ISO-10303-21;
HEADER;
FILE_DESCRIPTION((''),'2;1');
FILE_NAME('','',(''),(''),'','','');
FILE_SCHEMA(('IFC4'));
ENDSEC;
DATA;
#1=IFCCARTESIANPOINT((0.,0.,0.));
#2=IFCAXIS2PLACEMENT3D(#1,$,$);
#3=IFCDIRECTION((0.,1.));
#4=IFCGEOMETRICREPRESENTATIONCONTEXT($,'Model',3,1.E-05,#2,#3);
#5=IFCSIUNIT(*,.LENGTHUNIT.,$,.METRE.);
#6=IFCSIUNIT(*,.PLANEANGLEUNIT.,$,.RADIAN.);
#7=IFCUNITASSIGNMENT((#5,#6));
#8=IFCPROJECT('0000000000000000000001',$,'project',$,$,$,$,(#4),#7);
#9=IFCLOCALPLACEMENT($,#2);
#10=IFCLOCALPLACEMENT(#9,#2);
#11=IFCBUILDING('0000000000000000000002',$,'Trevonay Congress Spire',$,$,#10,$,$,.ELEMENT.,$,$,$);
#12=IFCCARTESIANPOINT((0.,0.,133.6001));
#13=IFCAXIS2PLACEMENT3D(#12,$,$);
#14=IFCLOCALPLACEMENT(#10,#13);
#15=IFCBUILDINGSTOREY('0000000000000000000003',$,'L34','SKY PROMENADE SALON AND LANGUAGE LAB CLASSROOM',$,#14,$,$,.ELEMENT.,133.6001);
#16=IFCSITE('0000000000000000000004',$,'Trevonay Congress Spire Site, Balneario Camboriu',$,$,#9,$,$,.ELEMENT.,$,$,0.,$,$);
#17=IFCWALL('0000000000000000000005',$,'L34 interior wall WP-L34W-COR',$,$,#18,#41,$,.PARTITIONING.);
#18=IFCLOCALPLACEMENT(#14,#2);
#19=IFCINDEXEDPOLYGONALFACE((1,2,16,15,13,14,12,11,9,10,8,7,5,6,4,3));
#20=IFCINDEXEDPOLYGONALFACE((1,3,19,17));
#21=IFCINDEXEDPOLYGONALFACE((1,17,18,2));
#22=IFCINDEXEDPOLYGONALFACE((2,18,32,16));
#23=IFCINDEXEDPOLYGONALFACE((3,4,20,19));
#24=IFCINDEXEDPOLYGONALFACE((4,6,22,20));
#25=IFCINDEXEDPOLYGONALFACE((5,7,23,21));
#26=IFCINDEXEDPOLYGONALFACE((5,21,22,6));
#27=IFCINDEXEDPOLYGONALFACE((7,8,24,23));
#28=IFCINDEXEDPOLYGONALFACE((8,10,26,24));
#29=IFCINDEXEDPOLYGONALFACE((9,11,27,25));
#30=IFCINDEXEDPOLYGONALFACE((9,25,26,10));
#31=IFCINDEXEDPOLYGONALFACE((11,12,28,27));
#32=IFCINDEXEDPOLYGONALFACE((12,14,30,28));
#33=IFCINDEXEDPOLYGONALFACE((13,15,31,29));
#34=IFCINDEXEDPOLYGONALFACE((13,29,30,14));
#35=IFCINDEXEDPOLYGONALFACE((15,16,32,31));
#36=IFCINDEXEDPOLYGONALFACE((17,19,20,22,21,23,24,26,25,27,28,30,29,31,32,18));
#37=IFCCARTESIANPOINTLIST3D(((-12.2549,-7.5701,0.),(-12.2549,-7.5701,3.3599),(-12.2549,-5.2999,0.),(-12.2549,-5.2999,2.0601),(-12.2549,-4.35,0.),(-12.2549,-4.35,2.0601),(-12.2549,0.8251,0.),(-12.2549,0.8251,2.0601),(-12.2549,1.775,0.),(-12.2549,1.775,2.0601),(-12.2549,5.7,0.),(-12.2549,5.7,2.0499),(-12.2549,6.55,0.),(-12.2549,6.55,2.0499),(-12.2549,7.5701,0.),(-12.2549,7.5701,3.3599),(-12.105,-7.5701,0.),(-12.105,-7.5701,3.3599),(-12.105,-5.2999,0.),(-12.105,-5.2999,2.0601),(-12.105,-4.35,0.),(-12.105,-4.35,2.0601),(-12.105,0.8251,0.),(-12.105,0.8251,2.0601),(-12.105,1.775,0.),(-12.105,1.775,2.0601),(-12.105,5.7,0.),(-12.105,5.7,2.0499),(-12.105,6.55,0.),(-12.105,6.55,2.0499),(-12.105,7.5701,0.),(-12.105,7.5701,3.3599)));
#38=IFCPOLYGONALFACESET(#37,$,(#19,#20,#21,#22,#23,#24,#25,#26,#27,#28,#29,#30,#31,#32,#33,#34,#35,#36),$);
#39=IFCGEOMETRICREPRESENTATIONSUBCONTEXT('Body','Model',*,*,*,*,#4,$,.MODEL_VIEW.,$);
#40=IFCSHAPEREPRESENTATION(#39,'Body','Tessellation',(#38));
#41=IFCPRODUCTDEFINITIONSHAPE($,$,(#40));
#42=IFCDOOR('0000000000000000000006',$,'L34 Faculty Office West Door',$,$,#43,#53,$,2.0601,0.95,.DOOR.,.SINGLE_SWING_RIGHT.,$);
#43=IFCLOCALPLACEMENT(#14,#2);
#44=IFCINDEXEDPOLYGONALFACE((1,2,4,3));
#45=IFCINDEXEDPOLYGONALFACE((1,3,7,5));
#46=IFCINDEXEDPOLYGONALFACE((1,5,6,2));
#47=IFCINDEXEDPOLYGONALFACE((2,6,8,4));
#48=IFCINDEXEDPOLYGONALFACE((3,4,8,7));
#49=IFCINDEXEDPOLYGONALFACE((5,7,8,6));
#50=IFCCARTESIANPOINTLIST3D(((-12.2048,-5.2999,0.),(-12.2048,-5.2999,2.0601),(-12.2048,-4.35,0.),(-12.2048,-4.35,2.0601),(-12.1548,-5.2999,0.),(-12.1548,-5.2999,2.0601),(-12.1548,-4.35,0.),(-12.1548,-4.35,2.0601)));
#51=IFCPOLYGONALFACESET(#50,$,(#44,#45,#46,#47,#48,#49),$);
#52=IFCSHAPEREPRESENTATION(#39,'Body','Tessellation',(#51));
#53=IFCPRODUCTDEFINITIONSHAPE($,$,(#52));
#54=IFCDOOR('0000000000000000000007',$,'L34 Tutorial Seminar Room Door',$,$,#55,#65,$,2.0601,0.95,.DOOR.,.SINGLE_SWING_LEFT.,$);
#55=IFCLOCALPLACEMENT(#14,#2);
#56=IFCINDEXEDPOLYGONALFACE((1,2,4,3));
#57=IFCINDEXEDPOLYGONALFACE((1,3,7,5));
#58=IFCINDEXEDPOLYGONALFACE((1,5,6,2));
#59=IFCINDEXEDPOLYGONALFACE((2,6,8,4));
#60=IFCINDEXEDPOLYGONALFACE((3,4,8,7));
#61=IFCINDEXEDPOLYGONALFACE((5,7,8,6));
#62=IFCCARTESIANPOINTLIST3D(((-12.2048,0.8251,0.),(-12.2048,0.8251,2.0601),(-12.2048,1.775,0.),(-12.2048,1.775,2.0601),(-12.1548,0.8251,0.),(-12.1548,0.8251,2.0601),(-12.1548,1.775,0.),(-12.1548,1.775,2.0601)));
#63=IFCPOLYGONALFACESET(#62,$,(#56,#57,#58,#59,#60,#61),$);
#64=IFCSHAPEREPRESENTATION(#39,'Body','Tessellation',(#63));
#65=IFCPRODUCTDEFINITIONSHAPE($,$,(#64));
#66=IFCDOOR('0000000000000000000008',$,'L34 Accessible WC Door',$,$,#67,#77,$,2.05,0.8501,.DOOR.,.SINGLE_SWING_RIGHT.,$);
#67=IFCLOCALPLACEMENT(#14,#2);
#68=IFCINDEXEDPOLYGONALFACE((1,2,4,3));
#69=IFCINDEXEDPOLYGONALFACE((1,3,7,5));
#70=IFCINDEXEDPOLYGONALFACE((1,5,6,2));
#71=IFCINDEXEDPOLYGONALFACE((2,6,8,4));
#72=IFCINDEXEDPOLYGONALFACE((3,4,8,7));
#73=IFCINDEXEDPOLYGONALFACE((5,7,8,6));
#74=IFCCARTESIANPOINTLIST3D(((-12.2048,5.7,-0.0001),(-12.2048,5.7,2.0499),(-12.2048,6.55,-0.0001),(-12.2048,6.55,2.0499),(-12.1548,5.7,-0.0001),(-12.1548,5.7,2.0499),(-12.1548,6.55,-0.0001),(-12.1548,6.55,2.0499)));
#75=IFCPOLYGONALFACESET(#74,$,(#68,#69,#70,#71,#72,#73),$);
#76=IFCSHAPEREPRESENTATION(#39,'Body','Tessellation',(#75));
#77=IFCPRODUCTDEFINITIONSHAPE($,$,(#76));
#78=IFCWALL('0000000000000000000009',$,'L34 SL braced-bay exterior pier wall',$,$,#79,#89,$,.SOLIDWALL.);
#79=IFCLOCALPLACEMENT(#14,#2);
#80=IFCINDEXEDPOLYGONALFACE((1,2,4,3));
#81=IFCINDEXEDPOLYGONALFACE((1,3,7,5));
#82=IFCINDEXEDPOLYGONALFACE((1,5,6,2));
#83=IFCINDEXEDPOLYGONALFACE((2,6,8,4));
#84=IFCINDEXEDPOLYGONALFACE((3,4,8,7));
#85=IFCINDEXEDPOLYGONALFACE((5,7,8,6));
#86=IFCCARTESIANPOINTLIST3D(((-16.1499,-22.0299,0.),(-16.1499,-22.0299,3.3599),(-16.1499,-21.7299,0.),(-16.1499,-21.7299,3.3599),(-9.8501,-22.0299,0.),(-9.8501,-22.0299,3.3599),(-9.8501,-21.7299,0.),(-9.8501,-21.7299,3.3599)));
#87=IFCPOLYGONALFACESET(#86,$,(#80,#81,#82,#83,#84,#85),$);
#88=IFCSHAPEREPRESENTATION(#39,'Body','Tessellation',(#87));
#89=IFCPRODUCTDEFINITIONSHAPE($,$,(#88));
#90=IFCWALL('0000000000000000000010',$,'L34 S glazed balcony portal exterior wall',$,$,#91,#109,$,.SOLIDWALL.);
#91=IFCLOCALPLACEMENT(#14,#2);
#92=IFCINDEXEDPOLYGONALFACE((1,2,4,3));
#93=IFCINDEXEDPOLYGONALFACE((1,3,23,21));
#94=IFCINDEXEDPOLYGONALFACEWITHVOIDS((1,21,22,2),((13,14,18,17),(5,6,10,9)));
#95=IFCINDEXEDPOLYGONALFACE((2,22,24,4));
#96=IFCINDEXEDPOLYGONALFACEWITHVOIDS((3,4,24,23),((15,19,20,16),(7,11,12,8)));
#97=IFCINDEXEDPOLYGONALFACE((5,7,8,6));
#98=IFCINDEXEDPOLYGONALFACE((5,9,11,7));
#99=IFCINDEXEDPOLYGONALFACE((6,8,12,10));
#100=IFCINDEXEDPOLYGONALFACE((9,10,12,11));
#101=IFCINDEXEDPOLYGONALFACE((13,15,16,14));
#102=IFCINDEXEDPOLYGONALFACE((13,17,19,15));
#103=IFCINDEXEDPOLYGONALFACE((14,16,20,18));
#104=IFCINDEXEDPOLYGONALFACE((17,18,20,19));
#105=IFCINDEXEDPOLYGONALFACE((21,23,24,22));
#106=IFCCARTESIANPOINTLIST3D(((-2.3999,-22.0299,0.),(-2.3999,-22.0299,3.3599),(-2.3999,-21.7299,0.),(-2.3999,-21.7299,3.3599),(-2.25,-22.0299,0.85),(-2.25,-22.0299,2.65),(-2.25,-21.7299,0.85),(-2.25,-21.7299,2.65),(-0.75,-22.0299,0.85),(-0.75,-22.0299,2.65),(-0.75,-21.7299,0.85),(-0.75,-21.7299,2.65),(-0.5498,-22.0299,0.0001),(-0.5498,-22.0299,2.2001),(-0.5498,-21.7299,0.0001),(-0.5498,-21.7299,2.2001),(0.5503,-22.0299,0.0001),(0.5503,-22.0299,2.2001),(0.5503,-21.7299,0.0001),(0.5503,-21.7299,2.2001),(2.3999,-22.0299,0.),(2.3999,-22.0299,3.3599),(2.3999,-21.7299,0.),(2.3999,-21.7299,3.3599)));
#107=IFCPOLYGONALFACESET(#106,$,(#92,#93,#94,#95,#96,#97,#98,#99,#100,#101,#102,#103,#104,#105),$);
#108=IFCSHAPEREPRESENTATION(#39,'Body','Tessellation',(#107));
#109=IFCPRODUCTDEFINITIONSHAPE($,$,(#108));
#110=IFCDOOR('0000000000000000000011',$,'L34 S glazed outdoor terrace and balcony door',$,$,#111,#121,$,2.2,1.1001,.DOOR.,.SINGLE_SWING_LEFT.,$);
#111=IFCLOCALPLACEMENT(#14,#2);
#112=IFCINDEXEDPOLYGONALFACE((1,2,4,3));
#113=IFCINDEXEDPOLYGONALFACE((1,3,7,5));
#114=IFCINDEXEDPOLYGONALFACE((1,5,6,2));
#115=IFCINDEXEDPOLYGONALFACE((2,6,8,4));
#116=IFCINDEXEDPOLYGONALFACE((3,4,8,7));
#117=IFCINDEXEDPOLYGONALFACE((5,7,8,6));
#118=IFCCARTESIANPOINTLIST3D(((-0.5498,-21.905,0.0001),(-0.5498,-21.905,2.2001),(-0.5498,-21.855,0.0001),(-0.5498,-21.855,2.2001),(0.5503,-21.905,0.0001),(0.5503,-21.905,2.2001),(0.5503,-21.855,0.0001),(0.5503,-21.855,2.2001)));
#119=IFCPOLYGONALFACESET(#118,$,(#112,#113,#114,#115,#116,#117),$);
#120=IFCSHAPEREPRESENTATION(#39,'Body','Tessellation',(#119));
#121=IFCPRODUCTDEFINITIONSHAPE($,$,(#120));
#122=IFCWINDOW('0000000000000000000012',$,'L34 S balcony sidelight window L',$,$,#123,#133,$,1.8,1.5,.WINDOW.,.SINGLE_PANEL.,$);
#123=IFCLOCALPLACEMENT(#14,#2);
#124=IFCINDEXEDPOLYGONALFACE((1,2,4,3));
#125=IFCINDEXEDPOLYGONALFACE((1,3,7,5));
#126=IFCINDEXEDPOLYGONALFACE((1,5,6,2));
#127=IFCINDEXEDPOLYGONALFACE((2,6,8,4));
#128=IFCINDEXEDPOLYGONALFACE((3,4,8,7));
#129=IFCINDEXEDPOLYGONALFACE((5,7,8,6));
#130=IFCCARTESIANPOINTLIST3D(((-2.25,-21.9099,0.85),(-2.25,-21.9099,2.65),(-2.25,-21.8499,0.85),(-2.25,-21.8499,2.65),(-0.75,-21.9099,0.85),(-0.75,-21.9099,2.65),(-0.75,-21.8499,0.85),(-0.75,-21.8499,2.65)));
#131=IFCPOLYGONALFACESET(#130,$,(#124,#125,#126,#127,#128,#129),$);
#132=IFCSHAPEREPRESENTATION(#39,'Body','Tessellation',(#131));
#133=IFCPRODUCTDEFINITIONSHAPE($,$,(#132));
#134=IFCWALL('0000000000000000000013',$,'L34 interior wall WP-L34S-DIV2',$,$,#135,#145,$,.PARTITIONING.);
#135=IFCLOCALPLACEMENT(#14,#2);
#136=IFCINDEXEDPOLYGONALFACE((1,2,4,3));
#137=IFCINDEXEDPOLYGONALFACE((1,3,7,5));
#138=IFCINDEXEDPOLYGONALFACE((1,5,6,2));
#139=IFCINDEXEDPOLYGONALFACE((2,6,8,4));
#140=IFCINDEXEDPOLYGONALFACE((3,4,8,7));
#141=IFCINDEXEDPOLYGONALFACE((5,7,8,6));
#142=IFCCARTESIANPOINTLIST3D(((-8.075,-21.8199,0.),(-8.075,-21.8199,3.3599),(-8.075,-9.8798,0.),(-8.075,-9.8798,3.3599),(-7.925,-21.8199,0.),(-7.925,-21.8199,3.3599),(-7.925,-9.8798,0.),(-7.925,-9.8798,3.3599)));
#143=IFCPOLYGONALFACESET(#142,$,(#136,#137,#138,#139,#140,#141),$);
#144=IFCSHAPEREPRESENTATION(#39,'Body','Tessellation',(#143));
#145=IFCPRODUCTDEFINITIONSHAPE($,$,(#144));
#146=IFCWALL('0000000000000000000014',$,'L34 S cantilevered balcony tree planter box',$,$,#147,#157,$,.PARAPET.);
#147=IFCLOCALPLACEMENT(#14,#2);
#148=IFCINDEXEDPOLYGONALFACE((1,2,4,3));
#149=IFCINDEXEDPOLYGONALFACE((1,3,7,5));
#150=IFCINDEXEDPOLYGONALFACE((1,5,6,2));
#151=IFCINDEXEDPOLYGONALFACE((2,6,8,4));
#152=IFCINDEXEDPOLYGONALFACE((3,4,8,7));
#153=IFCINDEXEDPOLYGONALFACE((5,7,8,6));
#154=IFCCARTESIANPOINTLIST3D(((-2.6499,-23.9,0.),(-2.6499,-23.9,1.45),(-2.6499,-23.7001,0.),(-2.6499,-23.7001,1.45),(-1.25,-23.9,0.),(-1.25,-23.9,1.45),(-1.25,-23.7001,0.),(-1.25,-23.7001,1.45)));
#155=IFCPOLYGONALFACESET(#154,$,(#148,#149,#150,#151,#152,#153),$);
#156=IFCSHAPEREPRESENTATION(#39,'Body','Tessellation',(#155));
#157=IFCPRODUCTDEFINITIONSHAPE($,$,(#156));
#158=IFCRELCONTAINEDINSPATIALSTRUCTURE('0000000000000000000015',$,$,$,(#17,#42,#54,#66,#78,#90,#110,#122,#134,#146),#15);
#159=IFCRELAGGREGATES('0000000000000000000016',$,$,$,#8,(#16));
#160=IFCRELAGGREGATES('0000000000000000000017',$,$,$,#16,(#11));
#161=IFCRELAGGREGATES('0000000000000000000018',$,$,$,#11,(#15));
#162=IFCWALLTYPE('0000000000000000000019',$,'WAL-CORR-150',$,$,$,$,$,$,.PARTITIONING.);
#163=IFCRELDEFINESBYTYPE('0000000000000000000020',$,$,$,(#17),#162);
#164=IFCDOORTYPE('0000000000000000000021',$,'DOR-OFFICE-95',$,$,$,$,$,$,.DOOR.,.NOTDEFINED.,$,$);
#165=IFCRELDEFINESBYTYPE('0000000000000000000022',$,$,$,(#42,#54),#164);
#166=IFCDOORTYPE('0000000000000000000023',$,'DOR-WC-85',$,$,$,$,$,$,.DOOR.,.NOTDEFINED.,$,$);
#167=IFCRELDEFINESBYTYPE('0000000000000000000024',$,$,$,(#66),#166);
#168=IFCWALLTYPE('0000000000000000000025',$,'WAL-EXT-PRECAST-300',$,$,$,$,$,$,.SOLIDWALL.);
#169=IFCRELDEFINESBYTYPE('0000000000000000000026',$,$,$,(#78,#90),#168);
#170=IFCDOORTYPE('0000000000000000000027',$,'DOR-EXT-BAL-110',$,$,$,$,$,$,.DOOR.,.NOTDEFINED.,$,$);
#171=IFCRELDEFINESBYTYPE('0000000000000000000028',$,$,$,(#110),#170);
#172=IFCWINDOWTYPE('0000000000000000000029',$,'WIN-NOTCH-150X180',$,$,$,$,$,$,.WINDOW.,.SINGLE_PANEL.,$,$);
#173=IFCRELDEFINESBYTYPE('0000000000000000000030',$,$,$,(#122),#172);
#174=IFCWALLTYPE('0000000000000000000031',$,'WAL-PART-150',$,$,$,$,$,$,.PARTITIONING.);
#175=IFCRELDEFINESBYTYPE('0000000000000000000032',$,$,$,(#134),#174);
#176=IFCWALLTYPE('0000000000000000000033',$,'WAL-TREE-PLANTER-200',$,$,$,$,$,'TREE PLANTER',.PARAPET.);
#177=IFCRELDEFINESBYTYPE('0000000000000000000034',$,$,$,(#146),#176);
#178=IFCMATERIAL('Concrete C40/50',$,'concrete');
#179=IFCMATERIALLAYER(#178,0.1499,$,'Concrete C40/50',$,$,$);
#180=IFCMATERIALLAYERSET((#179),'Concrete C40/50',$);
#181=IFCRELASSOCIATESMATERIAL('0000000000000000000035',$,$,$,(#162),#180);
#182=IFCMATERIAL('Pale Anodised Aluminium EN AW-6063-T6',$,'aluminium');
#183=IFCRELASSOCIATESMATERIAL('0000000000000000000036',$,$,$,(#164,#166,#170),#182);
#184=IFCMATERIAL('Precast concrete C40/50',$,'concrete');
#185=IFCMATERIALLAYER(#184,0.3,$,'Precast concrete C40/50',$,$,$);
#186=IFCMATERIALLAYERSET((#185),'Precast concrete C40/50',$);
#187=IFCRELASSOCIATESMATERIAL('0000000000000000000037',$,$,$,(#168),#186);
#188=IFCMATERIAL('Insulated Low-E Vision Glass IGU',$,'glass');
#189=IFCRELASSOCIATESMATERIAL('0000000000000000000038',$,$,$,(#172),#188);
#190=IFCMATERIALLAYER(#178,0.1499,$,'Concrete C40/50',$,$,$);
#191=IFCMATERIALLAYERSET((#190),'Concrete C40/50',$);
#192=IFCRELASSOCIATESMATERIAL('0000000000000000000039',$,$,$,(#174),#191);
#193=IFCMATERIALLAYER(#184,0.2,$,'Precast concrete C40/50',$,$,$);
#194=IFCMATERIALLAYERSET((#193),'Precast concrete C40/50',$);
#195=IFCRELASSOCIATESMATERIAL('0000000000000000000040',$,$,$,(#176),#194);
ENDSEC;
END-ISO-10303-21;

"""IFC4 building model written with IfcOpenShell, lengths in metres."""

from ifc_helpers import new_model, si_unit, direction, frame, frame_2d, origin, place, context, subcontext, project, spatial, rectangle, extrude, material, layer, layer_set, type_object, element, fill, save


model = new_model("IFC4")

# Units and contexts
model_context = context("Model", 3, precision=1e-05, world=origin(), true_north=direction((0.0, 1.0)))
body_context = subcontext(model_context, "Body", "Model", "MODEL_VIEW")
ifc_project = project(units=[si_unit("LENGTHUNIT", "METRE"), si_unit("PLANEANGLEUNIT", "RADIAN")], contexts=[model_context])

# Site, building, storey
site_placement = place(None, origin())
site = spatial("IfcSite", under=ifc_project, at=site_placement, Name="Trevonay Congress Spire Site, Balneario Camboriu", CompositionType="ELEMENT", RefElevation=0.0)
building_placement = place(site_placement, origin())
building = spatial("IfcBuilding", under=site, at=building_placement, Name="Trevonay Congress Spire", CompositionType="ELEMENT")
storey_placement = place(building_placement, frame((0.0, 0.0, 133.6001)))
storey = spatial("IfcBuildingStorey", under=building, at=storey_placement, Name="L34", Description="SKY PROMENADE SALON AND LANGUAGE LAB CLASSROOM", CompositionType="ELEMENT", Elevation=133.6001)

# Shared definitions
ifc_material_1 = material(Name="Pale Anodised Aluminium EN AW-6063-T6", Category="aluminium")

# Shared definitions
ifc_material_2 = material(Name="Insulated Low-E Vision Glass IGU", Category="glass")

# Wall, openings, doors
ifc_material_3 = material(Name="Concrete C40/50", Category="concrete")
ifc_layer_1 = layer(ifc_material_3, 0.1499, Name="Concrete C40/50")
ifc_layer_set_1 = layer_set([ifc_layer_1], Name="Concrete C40/50")
wall_type_1 = type_object("IfcWallType", Name="WAL-CORR-150", PredefinedType="PARTITIONING", material=ifc_layer_set_1)
wall_1_placement = place(storey_placement, frame((-12.1799, -7.5701, 0.0), z_axis=(0.0, 0.0, 1.0), x_axis=(0.0, 1.0, 0.0)))
wall_1 = element("IfcWall", 1, at=wall_1_placement, inside=storey, type_object=wall_type_1, Name="L34 interior wall WP-L34W-COR", PredefinedType="PARTITIONING", context=body_context, shape_type="SweptSolid", body=[
    extrude(rectangle(XDim=15.1401, YDim=0.1499, at=frame_2d((7.5701, 0.0))), origin(), (0.0, 0.0, 1.0), 3.3599),
])
opening_1_placement = place(wall_1_placement, frame((2.27, 0.0, 0.0)))
opening_1 = element("IfcOpeningElement", 2, at=opening_1_placement, cuts=wall_1, PredefinedType="OPENING", context=body_context, shape_type="SweptSolid", body=[
    extrude(rectangle(XDim=0.95, YDim=2.0601, at=frame_2d((0.4751, 1.03))), frame((0.0, 0.085, 0.0), z_axis=(0.0, -1.0, 0.0), x_axis=(1.0, 0.0, 0.0)), (0.0, 0.0, 1.0), 0.1699),
])
opening_2_placement = place(wall_1_placement, frame((8.395, 0.0, 0.0)))
opening_2 = element("IfcOpeningElement", 3, at=opening_2_placement, cuts=wall_1, PredefinedType="OPENING", context=body_context, shape_type="SweptSolid", body=[
    extrude(rectangle(XDim=0.95, YDim=2.0601, at=frame_2d((0.4751, 1.03))), frame((0.0, 0.085, 0.0), z_axis=(0.0, -1.0, 0.0), x_axis=(1.0, 0.0, 0.0)), (0.0, 0.0, 1.0), 0.1699),
])
opening_3_placement = place(wall_1_placement, frame((13.27, 0.0, 0.0)))
opening_3 = element("IfcOpeningElement", 4, at=opening_3_placement, cuts=wall_1, PredefinedType="OPENING", context=body_context, shape_type="SweptSolid", body=[
    extrude(rectangle(XDim=0.8501, YDim=2.05, at=frame_2d((0.425, 1.0249))), frame((0.0, 0.085, 0.0), z_axis=(0.0, -1.0, 0.0), x_axis=(1.0, 0.0, 0.0)), (0.0, 0.0, 1.0), 0.1699),
])
door_type_1 = type_object("IfcDoorType", Name="DOR-OFFICE-95", OperationType="NOTDEFINED", PredefinedType="DOOR", material=ifc_material_1)
door_1_placement = place(opening_1_placement, origin())
door_1 = element("IfcDoor", 5, at=door_1_placement, inside=storey, type_object=door_type_1, Name="L34 Faculty Office West Door", OperationType="SINGLE_SWING_RIGHT", OverallHeight=2.0601, OverallWidth=0.95, PredefinedType="DOOR", context=body_context, shape_type="SweptSolid", body=[
    extrude(rectangle(XDim=0.95, YDim=2.0601, at=frame_2d((0.4751, 1.03))), frame((0.0, 0.0249, 0.0), z_axis=(0.0, -1.0, 0.0), x_axis=(1.0, 0.0, 0.0)), (0.0, 0.0, 1.0), 0.05),
])
fill(opening_1, door_1)
door_2_placement = place(opening_2_placement, origin())
door_2 = element("IfcDoor", 6, at=door_2_placement, inside=storey, type_object=door_type_1, Name="L34 Tutorial Seminar Room Door", OperationType="SINGLE_SWING_LEFT", OverallHeight=2.0601, OverallWidth=0.95, PredefinedType="DOOR", context=body_context, shape_type="SweptSolid", body=[
    extrude(rectangle(XDim=0.95, YDim=2.0601, at=frame_2d((0.4751, 1.03))), frame((0.0, 0.0249, 0.0), z_axis=(0.0, -1.0, 0.0), x_axis=(1.0, 0.0, 0.0)), (0.0, 0.0, 1.0), 0.05),
])
fill(opening_2, door_2)
door_type_2 = type_object("IfcDoorType", Name="DOR-WC-85", OperationType="NOTDEFINED", PredefinedType="DOOR", material=ifc_material_1)
door_3_placement = place(opening_3_placement, origin())
door_3 = element("IfcDoor", 7, at=door_3_placement, inside=storey, type_object=door_type_2, Name="L34 Accessible WC Door", OperationType="SINGLE_SWING_RIGHT", OverallHeight=2.05, OverallWidth=0.8501, PredefinedType="DOOR", context=body_context, shape_type="SweptSolid", body=[
    extrude(rectangle(XDim=0.8501, YDim=2.05, at=frame_2d((0.425, 1.0249))), frame((0.0, 0.0249, 0.0), z_axis=(0.0, -1.0, 0.0), x_axis=(1.0, 0.0, 0.0)), (0.0, 0.0, 1.0), 0.05),
])
fill(opening_3, door_3)

# Wall
ifc_material_4 = material(Name="Precast concrete C40/50", Category="concrete")
ifc_layer_2 = layer(ifc_material_4, 0.3, Name="Precast concrete C40/50")
ifc_layer_set_2 = layer_set([ifc_layer_2], Name="Precast concrete C40/50")
wall_type_2 = type_object("IfcWallType", Name="WAL-EXT-PRECAST-300", PredefinedType="SOLIDWALL", material=ifc_layer_set_2)
wall_2_placement = place(storey_placement, frame((-16.1499, -21.8799, 0.0), z_axis=(0.0, 0.0, 1.0), x_axis=(1.0, 0.0, 0.0)))
element("IfcWall", 8, at=wall_2_placement, inside=storey, type_object=wall_type_2, Name="L34 SL braced-bay exterior pier wall", PredefinedType="SOLIDWALL", context=body_context, shape_type="SweptSolid", body=[
    extrude(rectangle(XDim=6.2998, YDim=0.3, at=frame_2d((3.1499, 0.0))), origin(), (0.0, 0.0, 1.0), 3.3599),
])

# Wall, openings, door, window
wall_3_placement = place(storey_placement, frame((-2.3999, -21.8799, 0.0), z_axis=(0.0, 0.0, 1.0), x_axis=(1.0, 0.0, 0.0)))
wall_3 = element("IfcWall", 9, at=wall_3_placement, inside=storey, type_object=wall_type_2, Name="L34 S glazed balcony portal exterior wall", PredefinedType="SOLIDWALL", context=body_context, shape_type="SweptSolid", body=[
    extrude(rectangle(XDim=4.7998, YDim=0.3, at=frame_2d((2.3999, 0.0))), origin(), (0.0, 0.0, 1.0), 3.3599),
])
opening_4_placement = place(wall_3_placement, frame((1.8501, 0.0, 0.0)))
opening_4 = element("IfcOpeningElement", 10, at=opening_4_placement, cuts=wall_3, PredefinedType="OPENING", context=body_context, shape_type="SweptSolid", body=[
    extrude(rectangle(XDim=1.1001, YDim=2.2, at=frame_2d((0.55, 1.1001))), frame((0.0, 0.1602, 0.0), z_axis=(0.0, -1.0, 0.0), x_axis=(1.0, 0.0, 0.0)), (0.0, 0.0, 1.0), 0.3201),
])
opening_5_placement = place(wall_3_placement, frame((0.1499, 0.0, 0.8501)))
opening_5 = element("IfcOpeningElement", 11, at=opening_5_placement, cuts=wall_3, PredefinedType="OPENING", context=body_context, shape_type="SweptSolid", body=[
    extrude(rectangle(XDim=1.5, YDim=1.8, at=frame_2d((0.75, 0.8999))), frame((0.0, 0.1602, 0.0), z_axis=(0.0, -1.0, 0.0), x_axis=(1.0, 0.0, 0.0)), (0.0, 0.0, 1.0), 0.3201),
])
door_type_3 = type_object("IfcDoorType", Name="DOR-EXT-BAL-110", OperationType="NOTDEFINED", PredefinedType="DOOR", material=ifc_material_1)
door_4_placement = place(opening_4_placement, origin())
door_4 = element("IfcDoor", 12, at=door_4_placement, inside=storey, type_object=door_type_3, Name="L34 S glazed outdoor terrace and balcony door", OperationType="SINGLE_SWING_LEFT", OverallHeight=2.2, OverallWidth=1.1001, PredefinedType="DOOR", context=body_context, shape_type="SweptSolid", body=[
    extrude(rectangle(XDim=1.1001, YDim=2.2, at=frame_2d((0.55, 1.1001))), frame((0.0, 0.0249, 0.0), z_axis=(0.0, -1.0, 0.0), x_axis=(1.0, 0.0, 0.0)), (0.0, 0.0, 1.0), 0.05),
])
fill(opening_4, door_4)
window_type = type_object("IfcWindowType", Name="WIN-NOTCH-150X180", PartitioningType="SINGLE_PANEL", PredefinedType="WINDOW", material=ifc_material_2)
window_placement = place(opening_5_placement, origin())
window = element("IfcWindow", 13, at=window_placement, inside=storey, type_object=window_type, Name="L34 S balcony sidelight window L", OverallHeight=1.8, OverallWidth=1.5, PartitioningType="SINGLE_PANEL", PredefinedType="WINDOW", context=body_context, shape_type="SweptSolid", body=[
    extrude(rectangle(XDim=1.5, YDim=1.8, at=frame_2d((0.75, 0.8999))), frame((0.0, 0.03, 0.0), z_axis=(0.0, -1.0, 0.0), x_axis=(1.0, 0.0, 0.0)), (0.0, 0.0, 1.0), 0.0601),
])
fill(opening_5, window)

# Walls
ifc_layer_3 = layer(ifc_material_3, 0.1499, Name="Concrete C40/50")
ifc_layer_set_3 = layer_set([ifc_layer_3], Name="Concrete C40/50")
wall_type_3 = type_object("IfcWallType", Name="WAL-PART-150", PredefinedType="PARTITIONING", material=ifc_layer_set_3)
wall_4_placement = place(storey_placement, frame((-8.0, -21.8201, 0.0), z_axis=(0.0, 0.0, 1.0), x_axis=(0.0, 1.0, 0.0)))
element("IfcWall", 14, at=wall_4_placement, inside=storey, type_object=wall_type_3, Name="L34 interior wall WP-L34S-DIV2", PredefinedType="PARTITIONING", context=body_context, shape_type="SweptSolid", body=[
    extrude(rectangle(XDim=11.9402, YDim=0.1499, at=frame_2d((5.9702, 0.0))), origin(), (0.0, 0.0, 1.0), 3.3599),
])
ifc_layer_4 = layer(ifc_material_4, 0.2, Name="Precast concrete C40/50")
ifc_layer_set_4 = layer_set([ifc_layer_4], Name="Precast concrete C40/50")
wall_type_4 = type_object("IfcWallType", Name="WAL-TREE-PLANTER-200", ElementType="TREE PLANTER", PredefinedType="PARAPET", material=ifc_layer_set_4)
wall_5_placement = place(storey_placement, frame((-2.6499, -23.8, 0.0), z_axis=(0.0, 0.0, 1.0), x_axis=(1.0, 0.0, 0.0)))
element("IfcWall", 15, at=wall_5_placement, inside=storey, type_object=wall_type_4, Name="L34 S cantilevered balcony tree planter box", PredefinedType="PARAPET", context=body_context, shape_type="SweptSolid", body=[
    extrude(rectangle(XDim=1.3999, YDim=0.2, at=frame_2d((0.7, 0.0))), origin(), (0.0, 0.0, 1.0), 1.45),
])

save(model, "model.ifc")
